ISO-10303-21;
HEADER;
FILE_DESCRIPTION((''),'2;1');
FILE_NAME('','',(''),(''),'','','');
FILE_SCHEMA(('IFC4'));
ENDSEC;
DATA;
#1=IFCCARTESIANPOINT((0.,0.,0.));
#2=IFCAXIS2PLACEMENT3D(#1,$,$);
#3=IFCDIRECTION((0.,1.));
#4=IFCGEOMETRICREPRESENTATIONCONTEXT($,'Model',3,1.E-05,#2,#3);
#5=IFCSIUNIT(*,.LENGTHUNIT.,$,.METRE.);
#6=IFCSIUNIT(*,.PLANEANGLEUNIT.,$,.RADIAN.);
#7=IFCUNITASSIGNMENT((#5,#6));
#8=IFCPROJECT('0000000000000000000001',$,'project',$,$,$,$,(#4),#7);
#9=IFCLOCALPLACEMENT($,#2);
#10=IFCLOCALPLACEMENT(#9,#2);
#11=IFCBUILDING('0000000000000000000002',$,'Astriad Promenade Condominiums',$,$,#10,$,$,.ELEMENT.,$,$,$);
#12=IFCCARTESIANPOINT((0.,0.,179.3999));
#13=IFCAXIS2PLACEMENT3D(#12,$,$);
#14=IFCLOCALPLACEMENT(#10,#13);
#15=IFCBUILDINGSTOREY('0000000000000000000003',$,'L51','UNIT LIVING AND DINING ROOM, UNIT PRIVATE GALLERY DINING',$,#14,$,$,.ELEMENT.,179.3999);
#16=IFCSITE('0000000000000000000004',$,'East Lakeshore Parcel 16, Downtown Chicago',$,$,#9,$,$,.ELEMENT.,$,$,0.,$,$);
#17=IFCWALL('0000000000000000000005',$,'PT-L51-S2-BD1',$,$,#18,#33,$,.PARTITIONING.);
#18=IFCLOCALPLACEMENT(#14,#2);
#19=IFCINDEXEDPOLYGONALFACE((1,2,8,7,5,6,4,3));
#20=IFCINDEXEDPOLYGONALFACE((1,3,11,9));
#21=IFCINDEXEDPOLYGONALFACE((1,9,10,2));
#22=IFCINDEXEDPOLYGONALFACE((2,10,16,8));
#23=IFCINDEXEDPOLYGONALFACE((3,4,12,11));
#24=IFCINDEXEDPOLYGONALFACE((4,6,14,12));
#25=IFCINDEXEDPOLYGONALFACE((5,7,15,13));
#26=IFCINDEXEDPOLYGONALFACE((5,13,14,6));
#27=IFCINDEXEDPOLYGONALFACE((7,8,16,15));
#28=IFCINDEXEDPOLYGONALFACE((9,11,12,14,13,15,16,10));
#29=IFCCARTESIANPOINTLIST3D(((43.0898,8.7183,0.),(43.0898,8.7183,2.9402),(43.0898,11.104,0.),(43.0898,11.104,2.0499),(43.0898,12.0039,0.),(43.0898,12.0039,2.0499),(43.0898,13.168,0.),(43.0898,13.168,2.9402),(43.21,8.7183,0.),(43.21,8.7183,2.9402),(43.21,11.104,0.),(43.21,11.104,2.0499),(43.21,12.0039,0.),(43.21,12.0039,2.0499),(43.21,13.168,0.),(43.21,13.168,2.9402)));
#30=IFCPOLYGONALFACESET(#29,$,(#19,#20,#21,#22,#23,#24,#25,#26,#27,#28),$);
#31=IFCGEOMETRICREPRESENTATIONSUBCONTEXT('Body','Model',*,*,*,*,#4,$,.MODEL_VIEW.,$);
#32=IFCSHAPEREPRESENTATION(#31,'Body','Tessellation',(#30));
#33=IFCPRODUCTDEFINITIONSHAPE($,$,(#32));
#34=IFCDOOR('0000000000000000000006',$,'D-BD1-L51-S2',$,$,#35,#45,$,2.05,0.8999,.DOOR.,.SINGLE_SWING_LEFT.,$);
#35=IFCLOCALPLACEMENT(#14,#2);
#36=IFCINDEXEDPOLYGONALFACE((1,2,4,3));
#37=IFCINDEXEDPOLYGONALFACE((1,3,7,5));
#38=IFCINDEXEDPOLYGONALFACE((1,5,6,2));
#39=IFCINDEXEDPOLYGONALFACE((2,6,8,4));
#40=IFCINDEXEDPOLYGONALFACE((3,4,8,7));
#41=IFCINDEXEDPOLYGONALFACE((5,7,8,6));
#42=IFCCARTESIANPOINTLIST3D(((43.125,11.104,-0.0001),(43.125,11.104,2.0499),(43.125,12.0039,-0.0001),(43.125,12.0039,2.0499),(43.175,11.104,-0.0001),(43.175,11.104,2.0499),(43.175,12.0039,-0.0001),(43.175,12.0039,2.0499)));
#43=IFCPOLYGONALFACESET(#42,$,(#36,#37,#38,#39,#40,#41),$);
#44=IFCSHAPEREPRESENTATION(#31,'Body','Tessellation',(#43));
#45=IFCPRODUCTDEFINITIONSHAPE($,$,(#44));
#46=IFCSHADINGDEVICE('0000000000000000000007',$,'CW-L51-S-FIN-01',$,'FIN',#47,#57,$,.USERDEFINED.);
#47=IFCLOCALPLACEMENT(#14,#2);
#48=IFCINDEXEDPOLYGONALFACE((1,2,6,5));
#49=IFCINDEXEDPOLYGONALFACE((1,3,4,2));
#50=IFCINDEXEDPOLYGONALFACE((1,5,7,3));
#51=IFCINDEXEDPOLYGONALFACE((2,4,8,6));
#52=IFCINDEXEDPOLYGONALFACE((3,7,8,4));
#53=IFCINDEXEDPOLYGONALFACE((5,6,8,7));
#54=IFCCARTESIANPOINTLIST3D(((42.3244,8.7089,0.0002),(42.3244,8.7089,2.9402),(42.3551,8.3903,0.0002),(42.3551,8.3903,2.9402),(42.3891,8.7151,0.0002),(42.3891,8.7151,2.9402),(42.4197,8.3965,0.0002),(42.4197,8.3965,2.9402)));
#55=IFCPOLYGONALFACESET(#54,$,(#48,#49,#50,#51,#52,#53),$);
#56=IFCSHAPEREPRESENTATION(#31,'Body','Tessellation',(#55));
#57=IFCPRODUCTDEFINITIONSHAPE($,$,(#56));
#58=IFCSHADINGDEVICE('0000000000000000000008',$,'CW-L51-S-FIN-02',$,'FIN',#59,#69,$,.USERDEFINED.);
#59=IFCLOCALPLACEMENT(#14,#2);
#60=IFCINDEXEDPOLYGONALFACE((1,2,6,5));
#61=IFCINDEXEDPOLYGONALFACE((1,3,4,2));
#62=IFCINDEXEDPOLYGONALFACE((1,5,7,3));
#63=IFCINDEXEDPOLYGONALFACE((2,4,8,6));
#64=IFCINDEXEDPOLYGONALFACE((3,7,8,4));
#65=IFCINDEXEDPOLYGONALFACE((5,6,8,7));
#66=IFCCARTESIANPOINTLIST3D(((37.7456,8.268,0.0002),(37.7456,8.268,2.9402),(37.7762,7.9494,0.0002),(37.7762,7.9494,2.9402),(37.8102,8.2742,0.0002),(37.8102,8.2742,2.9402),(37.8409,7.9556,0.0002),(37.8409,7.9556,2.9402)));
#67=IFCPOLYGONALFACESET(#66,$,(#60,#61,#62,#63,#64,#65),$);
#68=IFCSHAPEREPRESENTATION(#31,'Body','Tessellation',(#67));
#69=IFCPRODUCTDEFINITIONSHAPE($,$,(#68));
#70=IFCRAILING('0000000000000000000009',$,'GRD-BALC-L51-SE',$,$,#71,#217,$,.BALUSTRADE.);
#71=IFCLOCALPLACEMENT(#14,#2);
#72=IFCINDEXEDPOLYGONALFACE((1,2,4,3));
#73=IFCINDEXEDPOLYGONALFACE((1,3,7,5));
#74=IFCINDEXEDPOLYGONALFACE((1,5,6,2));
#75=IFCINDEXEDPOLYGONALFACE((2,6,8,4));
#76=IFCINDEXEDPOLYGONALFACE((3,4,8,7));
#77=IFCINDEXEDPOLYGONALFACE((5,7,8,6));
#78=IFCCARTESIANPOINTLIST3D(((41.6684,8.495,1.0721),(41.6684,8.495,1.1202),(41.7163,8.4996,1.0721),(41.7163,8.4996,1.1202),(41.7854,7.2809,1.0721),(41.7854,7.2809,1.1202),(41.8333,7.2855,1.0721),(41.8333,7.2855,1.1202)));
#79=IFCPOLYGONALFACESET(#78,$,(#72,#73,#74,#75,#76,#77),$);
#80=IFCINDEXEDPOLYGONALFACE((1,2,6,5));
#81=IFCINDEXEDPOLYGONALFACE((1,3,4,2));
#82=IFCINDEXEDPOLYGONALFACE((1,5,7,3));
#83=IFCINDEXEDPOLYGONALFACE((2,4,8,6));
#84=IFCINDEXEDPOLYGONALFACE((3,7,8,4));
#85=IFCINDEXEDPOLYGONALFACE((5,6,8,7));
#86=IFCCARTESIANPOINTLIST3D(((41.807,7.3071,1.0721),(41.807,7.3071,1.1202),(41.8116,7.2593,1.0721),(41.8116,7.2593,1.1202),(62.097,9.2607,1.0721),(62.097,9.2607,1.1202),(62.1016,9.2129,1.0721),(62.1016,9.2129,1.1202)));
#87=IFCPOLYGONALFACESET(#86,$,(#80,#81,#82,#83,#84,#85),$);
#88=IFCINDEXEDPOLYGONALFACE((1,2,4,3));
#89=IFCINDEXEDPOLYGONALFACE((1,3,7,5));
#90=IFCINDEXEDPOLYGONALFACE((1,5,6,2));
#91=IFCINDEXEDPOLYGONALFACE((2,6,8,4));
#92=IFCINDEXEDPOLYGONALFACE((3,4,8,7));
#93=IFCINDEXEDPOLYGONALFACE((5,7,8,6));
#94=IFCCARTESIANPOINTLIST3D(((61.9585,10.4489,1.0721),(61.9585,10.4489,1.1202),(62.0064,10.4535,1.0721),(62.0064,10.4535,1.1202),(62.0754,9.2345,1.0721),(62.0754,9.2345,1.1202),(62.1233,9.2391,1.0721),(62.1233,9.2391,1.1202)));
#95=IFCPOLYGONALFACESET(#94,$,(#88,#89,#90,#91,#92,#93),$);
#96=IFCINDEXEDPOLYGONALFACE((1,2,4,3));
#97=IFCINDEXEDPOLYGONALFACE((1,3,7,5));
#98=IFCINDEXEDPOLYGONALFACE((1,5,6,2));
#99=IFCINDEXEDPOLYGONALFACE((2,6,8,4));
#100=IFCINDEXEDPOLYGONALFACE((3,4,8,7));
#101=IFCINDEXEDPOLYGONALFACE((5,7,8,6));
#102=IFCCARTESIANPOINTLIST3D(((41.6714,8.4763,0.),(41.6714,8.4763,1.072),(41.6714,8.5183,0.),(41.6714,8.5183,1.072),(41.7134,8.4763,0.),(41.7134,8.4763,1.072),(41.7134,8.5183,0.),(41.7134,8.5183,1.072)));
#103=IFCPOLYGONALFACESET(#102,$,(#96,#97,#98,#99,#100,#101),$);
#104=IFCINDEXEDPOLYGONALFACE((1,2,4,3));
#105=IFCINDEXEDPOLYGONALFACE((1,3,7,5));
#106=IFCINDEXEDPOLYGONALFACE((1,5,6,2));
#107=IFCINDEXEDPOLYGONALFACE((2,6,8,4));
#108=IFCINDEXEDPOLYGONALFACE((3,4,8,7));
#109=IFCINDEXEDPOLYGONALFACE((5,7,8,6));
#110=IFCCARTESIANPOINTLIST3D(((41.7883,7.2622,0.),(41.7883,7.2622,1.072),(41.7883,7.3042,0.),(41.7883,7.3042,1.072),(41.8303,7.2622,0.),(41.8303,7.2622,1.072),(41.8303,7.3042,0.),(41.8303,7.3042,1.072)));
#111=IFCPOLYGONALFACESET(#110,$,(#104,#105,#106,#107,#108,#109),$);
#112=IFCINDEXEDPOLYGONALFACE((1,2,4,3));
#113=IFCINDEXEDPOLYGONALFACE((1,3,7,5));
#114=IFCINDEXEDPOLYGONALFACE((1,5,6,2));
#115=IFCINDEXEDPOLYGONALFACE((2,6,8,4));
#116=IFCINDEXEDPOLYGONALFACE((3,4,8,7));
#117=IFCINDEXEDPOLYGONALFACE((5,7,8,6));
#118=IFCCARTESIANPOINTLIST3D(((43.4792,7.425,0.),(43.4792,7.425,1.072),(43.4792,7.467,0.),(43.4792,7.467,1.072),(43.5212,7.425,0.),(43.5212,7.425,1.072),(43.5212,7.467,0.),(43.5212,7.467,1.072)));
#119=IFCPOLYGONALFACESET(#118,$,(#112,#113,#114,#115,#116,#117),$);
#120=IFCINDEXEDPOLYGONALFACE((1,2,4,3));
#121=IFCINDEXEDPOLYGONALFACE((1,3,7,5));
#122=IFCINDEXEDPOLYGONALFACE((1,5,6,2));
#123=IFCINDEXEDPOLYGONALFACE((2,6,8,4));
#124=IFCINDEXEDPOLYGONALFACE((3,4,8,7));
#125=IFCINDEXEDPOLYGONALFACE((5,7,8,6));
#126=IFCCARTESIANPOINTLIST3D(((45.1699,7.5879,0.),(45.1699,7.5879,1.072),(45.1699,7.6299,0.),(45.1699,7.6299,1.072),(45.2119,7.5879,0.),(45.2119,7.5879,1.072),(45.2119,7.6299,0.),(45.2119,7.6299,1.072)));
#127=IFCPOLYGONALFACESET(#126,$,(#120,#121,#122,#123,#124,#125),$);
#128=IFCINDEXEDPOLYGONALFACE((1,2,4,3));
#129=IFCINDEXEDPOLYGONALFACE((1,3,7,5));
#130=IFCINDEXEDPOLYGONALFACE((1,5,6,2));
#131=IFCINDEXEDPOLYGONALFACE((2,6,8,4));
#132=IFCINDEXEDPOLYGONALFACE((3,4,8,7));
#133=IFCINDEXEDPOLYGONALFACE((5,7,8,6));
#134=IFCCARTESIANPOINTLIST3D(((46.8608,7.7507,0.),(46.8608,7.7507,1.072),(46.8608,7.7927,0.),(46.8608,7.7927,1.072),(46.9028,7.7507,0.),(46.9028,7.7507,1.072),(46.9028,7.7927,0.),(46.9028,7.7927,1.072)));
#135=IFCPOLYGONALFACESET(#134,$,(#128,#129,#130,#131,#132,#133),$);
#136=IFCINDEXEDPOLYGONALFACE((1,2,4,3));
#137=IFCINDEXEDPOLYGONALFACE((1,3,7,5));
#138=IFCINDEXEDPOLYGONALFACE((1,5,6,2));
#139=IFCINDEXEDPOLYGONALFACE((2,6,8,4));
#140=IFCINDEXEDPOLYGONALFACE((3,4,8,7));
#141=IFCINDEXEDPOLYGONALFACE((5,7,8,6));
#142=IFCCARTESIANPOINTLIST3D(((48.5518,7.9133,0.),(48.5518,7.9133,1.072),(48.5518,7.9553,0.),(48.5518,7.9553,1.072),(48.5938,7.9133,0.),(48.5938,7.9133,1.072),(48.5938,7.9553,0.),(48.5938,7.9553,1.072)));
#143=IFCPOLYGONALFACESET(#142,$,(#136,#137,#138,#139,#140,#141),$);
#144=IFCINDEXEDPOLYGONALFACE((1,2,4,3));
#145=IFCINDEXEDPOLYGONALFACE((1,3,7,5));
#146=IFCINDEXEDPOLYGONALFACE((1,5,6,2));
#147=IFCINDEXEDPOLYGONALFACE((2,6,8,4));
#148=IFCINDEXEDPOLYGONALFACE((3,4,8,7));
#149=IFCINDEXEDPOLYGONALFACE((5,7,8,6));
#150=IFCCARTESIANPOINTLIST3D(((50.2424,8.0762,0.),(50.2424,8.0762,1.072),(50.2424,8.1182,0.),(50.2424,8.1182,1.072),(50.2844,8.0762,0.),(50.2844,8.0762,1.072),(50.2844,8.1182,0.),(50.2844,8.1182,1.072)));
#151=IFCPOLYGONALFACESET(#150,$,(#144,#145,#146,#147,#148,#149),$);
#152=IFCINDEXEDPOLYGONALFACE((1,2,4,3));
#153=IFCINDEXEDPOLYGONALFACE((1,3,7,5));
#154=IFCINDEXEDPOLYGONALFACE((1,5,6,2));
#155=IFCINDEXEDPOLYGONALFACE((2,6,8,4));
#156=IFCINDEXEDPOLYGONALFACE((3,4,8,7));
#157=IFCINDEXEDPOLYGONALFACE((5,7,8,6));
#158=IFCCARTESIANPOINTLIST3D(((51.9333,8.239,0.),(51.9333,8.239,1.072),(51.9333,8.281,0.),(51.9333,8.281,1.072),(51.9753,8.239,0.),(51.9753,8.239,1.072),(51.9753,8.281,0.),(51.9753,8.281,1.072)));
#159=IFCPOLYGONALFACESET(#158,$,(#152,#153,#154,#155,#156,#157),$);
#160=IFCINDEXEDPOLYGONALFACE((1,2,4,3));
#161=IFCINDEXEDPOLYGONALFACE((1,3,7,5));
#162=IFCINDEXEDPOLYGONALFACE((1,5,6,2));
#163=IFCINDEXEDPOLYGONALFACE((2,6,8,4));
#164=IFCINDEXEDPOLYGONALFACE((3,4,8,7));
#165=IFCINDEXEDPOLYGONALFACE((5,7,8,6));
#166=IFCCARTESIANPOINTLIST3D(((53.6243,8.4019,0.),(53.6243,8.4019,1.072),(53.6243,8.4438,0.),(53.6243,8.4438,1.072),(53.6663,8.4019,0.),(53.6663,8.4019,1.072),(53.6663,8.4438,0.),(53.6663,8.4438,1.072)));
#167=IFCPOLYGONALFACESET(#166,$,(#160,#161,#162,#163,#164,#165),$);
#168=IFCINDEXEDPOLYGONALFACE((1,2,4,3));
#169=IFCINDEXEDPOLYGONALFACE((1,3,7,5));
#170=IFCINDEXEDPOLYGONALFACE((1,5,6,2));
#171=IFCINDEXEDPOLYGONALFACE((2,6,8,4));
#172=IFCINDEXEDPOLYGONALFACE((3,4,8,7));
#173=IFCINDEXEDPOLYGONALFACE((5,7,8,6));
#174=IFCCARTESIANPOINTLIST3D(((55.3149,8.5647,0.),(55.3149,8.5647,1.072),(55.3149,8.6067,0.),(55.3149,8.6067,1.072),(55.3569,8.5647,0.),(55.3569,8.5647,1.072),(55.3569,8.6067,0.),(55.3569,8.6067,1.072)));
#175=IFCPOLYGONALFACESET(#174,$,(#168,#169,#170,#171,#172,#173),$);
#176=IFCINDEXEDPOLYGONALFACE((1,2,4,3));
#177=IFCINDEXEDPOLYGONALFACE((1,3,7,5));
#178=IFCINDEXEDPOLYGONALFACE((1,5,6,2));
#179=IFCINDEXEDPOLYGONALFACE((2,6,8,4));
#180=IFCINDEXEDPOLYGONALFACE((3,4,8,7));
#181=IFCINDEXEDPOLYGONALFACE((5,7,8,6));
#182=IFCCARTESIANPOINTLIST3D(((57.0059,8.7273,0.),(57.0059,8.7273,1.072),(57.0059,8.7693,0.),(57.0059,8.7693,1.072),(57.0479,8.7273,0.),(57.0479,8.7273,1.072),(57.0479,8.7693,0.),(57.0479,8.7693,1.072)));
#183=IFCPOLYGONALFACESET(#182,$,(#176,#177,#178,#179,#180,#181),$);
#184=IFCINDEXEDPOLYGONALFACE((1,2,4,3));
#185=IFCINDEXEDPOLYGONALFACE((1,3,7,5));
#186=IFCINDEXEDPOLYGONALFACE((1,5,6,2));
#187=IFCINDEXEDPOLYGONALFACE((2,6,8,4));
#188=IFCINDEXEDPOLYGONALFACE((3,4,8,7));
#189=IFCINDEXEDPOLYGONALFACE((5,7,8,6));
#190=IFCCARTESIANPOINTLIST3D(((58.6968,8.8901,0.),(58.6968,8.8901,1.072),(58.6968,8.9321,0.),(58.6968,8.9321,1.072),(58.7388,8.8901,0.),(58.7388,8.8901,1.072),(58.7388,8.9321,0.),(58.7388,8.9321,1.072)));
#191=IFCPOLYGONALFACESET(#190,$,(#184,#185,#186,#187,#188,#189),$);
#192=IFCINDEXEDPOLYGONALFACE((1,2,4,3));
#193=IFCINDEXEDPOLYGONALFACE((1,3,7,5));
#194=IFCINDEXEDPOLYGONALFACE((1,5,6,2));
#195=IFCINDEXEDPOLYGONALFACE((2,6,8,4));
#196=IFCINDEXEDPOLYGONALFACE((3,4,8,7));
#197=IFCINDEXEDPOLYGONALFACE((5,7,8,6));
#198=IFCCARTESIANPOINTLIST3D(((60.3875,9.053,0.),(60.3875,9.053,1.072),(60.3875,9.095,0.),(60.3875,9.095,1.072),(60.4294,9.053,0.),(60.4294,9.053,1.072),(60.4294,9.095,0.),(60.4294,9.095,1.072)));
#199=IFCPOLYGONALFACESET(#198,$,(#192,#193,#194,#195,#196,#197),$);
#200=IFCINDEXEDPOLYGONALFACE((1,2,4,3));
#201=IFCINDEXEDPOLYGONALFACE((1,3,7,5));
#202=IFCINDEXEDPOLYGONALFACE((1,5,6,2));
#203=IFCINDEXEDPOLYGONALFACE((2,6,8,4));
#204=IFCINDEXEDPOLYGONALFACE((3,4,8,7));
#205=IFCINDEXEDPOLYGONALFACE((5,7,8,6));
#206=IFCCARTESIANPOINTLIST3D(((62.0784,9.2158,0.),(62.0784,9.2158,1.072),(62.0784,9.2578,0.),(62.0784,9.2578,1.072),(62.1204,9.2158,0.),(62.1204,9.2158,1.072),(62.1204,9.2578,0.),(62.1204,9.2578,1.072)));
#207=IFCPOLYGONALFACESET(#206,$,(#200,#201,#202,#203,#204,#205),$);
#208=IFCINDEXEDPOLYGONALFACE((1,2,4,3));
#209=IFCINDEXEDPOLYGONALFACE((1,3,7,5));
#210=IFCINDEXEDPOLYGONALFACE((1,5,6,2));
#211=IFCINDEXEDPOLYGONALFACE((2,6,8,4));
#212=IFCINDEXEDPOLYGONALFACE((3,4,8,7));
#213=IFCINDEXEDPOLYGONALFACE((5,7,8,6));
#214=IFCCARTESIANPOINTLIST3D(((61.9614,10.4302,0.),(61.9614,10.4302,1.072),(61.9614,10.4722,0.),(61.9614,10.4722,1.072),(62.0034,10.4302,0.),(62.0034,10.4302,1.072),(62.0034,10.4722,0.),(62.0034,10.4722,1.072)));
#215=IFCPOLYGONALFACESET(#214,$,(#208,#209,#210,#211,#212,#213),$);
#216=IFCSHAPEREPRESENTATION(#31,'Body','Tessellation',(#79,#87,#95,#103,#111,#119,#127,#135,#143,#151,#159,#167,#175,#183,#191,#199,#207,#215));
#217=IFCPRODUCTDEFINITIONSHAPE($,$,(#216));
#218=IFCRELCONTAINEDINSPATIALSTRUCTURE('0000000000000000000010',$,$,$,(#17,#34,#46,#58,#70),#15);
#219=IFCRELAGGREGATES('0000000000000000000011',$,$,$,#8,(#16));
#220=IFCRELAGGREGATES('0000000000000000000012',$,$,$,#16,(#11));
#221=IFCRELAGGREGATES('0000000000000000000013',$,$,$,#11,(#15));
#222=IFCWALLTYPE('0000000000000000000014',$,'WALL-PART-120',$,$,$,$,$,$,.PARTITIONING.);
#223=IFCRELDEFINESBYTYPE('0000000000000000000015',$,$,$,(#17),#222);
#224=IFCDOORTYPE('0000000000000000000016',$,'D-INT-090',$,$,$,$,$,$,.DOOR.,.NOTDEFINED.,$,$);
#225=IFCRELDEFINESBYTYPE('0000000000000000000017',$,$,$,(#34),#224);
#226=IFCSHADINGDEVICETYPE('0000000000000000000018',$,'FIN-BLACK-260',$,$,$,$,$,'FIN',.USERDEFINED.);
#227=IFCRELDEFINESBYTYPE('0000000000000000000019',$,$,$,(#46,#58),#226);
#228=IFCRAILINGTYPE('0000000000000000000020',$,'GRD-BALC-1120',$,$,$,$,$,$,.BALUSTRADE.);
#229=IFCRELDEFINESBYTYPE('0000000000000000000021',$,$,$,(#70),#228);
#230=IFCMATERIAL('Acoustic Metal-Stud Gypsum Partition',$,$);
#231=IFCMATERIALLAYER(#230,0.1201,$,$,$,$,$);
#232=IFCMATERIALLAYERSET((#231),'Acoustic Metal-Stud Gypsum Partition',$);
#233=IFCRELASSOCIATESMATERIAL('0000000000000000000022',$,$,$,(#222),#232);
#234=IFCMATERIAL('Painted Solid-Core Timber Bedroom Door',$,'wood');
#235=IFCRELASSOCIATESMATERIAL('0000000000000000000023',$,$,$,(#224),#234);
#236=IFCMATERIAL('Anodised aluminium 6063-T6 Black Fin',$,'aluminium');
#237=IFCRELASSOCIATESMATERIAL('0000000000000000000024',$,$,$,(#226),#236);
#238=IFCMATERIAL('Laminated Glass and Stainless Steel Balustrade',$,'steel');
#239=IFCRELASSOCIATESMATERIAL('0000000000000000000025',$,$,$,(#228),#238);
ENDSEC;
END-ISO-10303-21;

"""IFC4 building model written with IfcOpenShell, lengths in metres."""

from ifc_helpers import new_model, si_unit, direction, frame, frame_2d, origin, origin_2d, place, context, subcontext, project, spatial, rectangle, extrude, source, transform, mapped, material, layer, layer_set, type_object, type_shapes, element, fill, save


model = new_model("IFC4")

# Units and contexts
model_context = context("Model", 3, precision=1e-05, world=origin(), true_north=direction((0.0, 1.0)))
body_context = subcontext(model_context, "Body", "Model", "MODEL_VIEW")
ifc_project = project(units=[si_unit("LENGTHUNIT", "METRE"), si_unit("PLANEANGLEUNIT", "RADIAN")], contexts=[model_context])

# Site, building, storey
site_placement = place(None, origin())
site = spatial("IfcSite", under=ifc_project, at=site_placement, Name="East Lakeshore Parcel 16, Downtown Chicago", CompositionType="ELEMENT", RefElevation=0.0)
building_placement = place(site_placement, origin())
building = spatial("IfcBuilding", under=site, at=building_placement, Name="Astriad Promenade Condominiums", CompositionType="ELEMENT")
storey_placement = place(building_placement, frame((0.0, 0.0, 179.3999)))
storey = spatial("IfcBuildingStorey", under=building, at=storey_placement, Name="L51", Description="UNIT LIVING AND DINING ROOM, UNIT PRIVATE GALLERY DINING", CompositionType="ELEMENT", Elevation=179.3999)

# Wall, opening, door
ifc_material_1 = material(Name="Acoustic Metal-Stud Gypsum Partition")
ifc_layer_1 = layer(ifc_material_1, 0.1201)
ifc_layer_set_1 = layer_set([ifc_layer_1], Name="Acoustic Metal-Stud Gypsum Partition")
wall_type_1 = type_object("IfcWallType", Name="WALL-PART-120", PredefinedType="PARTITIONING", material=ifc_layer_set_1)
wall_1_placement = place(storey_placement, frame((43.1499, 8.7183, 0.0), z_axis=(0.0, 0.0, 1.0), x_axis=(0.0, 1.0, 0.0)))
wall_1 = element("IfcWall", 1, at=wall_1_placement, inside=storey, type_object=wall_type_1, Name="PT-L51-S2-BD1", PredefinedType="PARTITIONING", context=body_context, shape_type="SweptSolid", body=[
    extrude(rectangle(XDim=4.4497, YDim=0.1201, at=frame_2d((2.2249, 0.0))), origin(), (0.0, 0.0, 1.0), 2.9402),
])
opening_placement = place(wall_1_placement, frame((2.3857, 0.0, 0.0)))
opening = element("IfcOpeningElement", 2, at=opening_placement, cuts=wall_1, PredefinedType="OPENING", context=body_context, shape_type="SweptSolid", body=[
    extrude(rectangle(XDim=0.8999, YDim=2.05, at=frame_2d((0.45, 1.0249))), frame((0.0, 0.0701, 0.0), z_axis=(0.0, -1.0, 0.0), x_axis=(1.0, 0.0, 0.0)), (0.0, 0.0, 1.0), 0.1401),
])
ifc_material_2 = material(Name="Painted Solid-Core Timber Bedroom Door", Category="wood")
door_type = type_object("IfcDoorType", Name="D-INT-090", OperationType="NOTDEFINED", PredefinedType="DOOR", material=ifc_material_2)
shared_shape_1 = source(origin(), body_context, "Body", "SweptSolid", [
    extrude(rectangle(XDim=0.8999, YDim=2.05, at=frame_2d((0.45, 1.0249))), frame((0.0, 0.0249, 0.0), z_axis=(0.0, -1.0, 0.0), x_axis=(1.0, 0.0, 0.0)), (0.0, 0.0, 1.0), 0.05),
])
type_shapes(door_type, [shared_shape_1])
door_placement = place(opening_placement, origin())
door = element("IfcDoor", 3, at=door_placement, inside=storey, type_object=door_type, Name="D-BD1-L51-S2", OperationType="SINGLE_SWING_LEFT", OverallHeight=2.05, OverallWidth=0.8999, PredefinedType="DOOR", context=body_context, shape_type="MappedRepresentation", body=[
    mapped(shared_shape_1, transform((0.0, 0.0, 0.0), scale=1.0)),
])
fill(opening, door)

# Shading devices
ifc_material_3 = material(Name="Anodised aluminium 6063-T6 Black Fin", Category="aluminium")
shading_device_type = type_object("IfcShadingDeviceType", Name="FIN-BLACK-260", ElementType="FIN", PredefinedType="USERDEFINED", material=ifc_material_3)
shared_shape_2 = source(origin(), body_context, "Body", "SweptSolid", [
    extrude(rectangle(XDim=0.0649, YDim=0.3201, at=origin_2d()), origin(), (0.0, 0.0, 1.0), 2.9399),
])
type_shapes(shading_device_type, [shared_shape_2])
for number, where, z_axis, x_axis, name in (
    (4, (42.3721, 8.5527, 0.0002), (0.0, 0.0, 1.0), (-0.995396, -0.095846, 0.0), "CW-L51-S-FIN-01"),
    (5, (37.7932, 8.1118, 0.0002), (0.0, 0.0, 1.0), (-0.995396, -0.095846, 0.0), "CW-L51-S-FIN-02"),
):
    element("IfcShadingDevice", number, at=place(storey_placement, frame(where, z_axis=z_axis, x_axis=x_axis)), inside=storey, type_object=shading_device_type, Name=name, ObjectType="FIN", PredefinedType="USERDEFINED", context=body_context, shape_type="MappedRepresentation", body=[
        mapped(shared_shape_2, transform((0.0, 0.0, 0.0), scale=1.0)),
    ])

# Railing
ifc_material_4 = material(Name="Laminated Glass and Stainless Steel Balustrade", Category="steel")
railing_type = type_object("IfcRailingType", Name="GRD-BALC-1120", PredefinedType="BALUSTRADE", material=ifc_material_4)
shared_shape_3 = source(origin(), body_context, "Body", "SweptSolid", [
    extrude(rectangle(XDim=0.0481, YDim=0.0481, at=origin_2d()), frame((0.0, 0.0, 1.0962), z_axis=(0.095876, -0.995393, 0.0), x_axis=(0.995393, 0.095876, 0.0)), (0.0, 0.0, 1.0), 1.2197),
    extrude(rectangle(XDim=0.0481, YDim=0.0481, at=origin_2d()), frame((0.1169, -1.2141, 1.0962), z_axis=(0.995397, 0.095841, 0.0), x_axis=(-0.095841, 0.995397, 0.0)), (0.0, 0.0, 1.0), 20.3838),
    extrude(rectangle(XDim=0.0481, YDim=0.0481, at=origin_2d()), frame((20.407, 0.7395, 1.0962), z_axis=(-0.095857, 0.995395, 0.0), x_axis=(-0.995395, -0.095857, 0.0)), (0.0, 0.0, 1.0), 1.22),
    extrude(rectangle(XDim=0.042, YDim=0.042, at=origin_2d()), origin(), (0.0, 0.0, 1.0), 1.072),
    extrude(rectangle(XDim=0.042, YDim=0.042, at=origin_2d()), frame((0.1169, -1.2141, 0.0)), (0.0, 0.0, 1.0), 1.072),
    extrude(rectangle(XDim=0.042, YDim=0.042, at=origin_2d()), frame((1.8079, -1.0513, 0.0)), (0.0, 0.0, 1.0), 1.072),
    extrude(rectangle(XDim=0.042, YDim=0.042, at=origin_2d()), frame((3.4985, -0.8884, 0.0)), (0.0, 0.0, 1.0), 1.072),
    extrude(rectangle(XDim=0.042, YDim=0.042, at=origin_2d()), frame((5.1895, -0.7256, 0.0)), (0.0, 0.0, 1.0), 1.072),
    extrude(rectangle(XDim=0.042, YDim=0.042, at=origin_2d()), frame((6.8804, -0.563, 0.0)), (0.0, 0.0, 1.0), 1.072),
    extrude(rectangle(XDim=0.042, YDim=0.042, at=origin_2d()), frame((8.571, -0.4001, 0.0)), (0.0, 0.0, 1.0), 1.072),
    extrude(rectangle(XDim=0.042, YDim=0.042, at=origin_2d()), frame((10.262, -0.2373, 0.0)), (0.0, 0.0, 1.0), 1.072),
    extrude(rectangle(XDim=0.042, YDim=0.042, at=origin_2d()), frame((11.9529, -0.0745, 0.0)), (0.0, 0.0, 1.0), 1.072),
    extrude(rectangle(XDim=0.042, YDim=0.042, at=origin_2d()), frame((13.6436, 0.0884, 0.0)), (0.0, 0.0, 1.0), 1.072),
    extrude(rectangle(XDim=0.042, YDim=0.042, at=origin_2d()), frame((15.3345, 0.251, 0.0)), (0.0, 0.0, 1.0), 1.072),
    extrude(rectangle(XDim=0.042, YDim=0.042, at=origin_2d()), frame((17.0254, 0.4138, 0.0)), (0.0, 0.0, 1.0), 1.072),
    extrude(rectangle(XDim=0.042, YDim=0.042, at=origin_2d()), frame((18.7161, 0.5767, 0.0)), (0.0, 0.0, 1.0), 1.072),
    extrude(rectangle(XDim=0.042, YDim=0.042, at=origin_2d()), frame((20.407, 0.7395, 0.0)), (0.0, 0.0, 1.0), 1.072),
    extrude(rectangle(XDim=0.042, YDim=0.042, at=origin_2d()), frame((20.29, 1.9539, 0.0)), (0.0, 0.0, 1.0), 1.072),
])
type_shapes(railing_type, [shared_shape_3])
railing_placement = place(storey_placement, frame((41.6924, 8.4973, 0.0)))
element("IfcRailing", 6, at=railing_placement, inside=storey, type_object=railing_type, Name="GRD-BALC-L51-SE", PredefinedType="BALUSTRADE", context=body_context, shape_type="MappedRepresentation", body=[
    mapped(shared_shape_3, transform((0.0, 0.0, 0.0), scale=1.0)),
])

save(model, "model.ifc")
